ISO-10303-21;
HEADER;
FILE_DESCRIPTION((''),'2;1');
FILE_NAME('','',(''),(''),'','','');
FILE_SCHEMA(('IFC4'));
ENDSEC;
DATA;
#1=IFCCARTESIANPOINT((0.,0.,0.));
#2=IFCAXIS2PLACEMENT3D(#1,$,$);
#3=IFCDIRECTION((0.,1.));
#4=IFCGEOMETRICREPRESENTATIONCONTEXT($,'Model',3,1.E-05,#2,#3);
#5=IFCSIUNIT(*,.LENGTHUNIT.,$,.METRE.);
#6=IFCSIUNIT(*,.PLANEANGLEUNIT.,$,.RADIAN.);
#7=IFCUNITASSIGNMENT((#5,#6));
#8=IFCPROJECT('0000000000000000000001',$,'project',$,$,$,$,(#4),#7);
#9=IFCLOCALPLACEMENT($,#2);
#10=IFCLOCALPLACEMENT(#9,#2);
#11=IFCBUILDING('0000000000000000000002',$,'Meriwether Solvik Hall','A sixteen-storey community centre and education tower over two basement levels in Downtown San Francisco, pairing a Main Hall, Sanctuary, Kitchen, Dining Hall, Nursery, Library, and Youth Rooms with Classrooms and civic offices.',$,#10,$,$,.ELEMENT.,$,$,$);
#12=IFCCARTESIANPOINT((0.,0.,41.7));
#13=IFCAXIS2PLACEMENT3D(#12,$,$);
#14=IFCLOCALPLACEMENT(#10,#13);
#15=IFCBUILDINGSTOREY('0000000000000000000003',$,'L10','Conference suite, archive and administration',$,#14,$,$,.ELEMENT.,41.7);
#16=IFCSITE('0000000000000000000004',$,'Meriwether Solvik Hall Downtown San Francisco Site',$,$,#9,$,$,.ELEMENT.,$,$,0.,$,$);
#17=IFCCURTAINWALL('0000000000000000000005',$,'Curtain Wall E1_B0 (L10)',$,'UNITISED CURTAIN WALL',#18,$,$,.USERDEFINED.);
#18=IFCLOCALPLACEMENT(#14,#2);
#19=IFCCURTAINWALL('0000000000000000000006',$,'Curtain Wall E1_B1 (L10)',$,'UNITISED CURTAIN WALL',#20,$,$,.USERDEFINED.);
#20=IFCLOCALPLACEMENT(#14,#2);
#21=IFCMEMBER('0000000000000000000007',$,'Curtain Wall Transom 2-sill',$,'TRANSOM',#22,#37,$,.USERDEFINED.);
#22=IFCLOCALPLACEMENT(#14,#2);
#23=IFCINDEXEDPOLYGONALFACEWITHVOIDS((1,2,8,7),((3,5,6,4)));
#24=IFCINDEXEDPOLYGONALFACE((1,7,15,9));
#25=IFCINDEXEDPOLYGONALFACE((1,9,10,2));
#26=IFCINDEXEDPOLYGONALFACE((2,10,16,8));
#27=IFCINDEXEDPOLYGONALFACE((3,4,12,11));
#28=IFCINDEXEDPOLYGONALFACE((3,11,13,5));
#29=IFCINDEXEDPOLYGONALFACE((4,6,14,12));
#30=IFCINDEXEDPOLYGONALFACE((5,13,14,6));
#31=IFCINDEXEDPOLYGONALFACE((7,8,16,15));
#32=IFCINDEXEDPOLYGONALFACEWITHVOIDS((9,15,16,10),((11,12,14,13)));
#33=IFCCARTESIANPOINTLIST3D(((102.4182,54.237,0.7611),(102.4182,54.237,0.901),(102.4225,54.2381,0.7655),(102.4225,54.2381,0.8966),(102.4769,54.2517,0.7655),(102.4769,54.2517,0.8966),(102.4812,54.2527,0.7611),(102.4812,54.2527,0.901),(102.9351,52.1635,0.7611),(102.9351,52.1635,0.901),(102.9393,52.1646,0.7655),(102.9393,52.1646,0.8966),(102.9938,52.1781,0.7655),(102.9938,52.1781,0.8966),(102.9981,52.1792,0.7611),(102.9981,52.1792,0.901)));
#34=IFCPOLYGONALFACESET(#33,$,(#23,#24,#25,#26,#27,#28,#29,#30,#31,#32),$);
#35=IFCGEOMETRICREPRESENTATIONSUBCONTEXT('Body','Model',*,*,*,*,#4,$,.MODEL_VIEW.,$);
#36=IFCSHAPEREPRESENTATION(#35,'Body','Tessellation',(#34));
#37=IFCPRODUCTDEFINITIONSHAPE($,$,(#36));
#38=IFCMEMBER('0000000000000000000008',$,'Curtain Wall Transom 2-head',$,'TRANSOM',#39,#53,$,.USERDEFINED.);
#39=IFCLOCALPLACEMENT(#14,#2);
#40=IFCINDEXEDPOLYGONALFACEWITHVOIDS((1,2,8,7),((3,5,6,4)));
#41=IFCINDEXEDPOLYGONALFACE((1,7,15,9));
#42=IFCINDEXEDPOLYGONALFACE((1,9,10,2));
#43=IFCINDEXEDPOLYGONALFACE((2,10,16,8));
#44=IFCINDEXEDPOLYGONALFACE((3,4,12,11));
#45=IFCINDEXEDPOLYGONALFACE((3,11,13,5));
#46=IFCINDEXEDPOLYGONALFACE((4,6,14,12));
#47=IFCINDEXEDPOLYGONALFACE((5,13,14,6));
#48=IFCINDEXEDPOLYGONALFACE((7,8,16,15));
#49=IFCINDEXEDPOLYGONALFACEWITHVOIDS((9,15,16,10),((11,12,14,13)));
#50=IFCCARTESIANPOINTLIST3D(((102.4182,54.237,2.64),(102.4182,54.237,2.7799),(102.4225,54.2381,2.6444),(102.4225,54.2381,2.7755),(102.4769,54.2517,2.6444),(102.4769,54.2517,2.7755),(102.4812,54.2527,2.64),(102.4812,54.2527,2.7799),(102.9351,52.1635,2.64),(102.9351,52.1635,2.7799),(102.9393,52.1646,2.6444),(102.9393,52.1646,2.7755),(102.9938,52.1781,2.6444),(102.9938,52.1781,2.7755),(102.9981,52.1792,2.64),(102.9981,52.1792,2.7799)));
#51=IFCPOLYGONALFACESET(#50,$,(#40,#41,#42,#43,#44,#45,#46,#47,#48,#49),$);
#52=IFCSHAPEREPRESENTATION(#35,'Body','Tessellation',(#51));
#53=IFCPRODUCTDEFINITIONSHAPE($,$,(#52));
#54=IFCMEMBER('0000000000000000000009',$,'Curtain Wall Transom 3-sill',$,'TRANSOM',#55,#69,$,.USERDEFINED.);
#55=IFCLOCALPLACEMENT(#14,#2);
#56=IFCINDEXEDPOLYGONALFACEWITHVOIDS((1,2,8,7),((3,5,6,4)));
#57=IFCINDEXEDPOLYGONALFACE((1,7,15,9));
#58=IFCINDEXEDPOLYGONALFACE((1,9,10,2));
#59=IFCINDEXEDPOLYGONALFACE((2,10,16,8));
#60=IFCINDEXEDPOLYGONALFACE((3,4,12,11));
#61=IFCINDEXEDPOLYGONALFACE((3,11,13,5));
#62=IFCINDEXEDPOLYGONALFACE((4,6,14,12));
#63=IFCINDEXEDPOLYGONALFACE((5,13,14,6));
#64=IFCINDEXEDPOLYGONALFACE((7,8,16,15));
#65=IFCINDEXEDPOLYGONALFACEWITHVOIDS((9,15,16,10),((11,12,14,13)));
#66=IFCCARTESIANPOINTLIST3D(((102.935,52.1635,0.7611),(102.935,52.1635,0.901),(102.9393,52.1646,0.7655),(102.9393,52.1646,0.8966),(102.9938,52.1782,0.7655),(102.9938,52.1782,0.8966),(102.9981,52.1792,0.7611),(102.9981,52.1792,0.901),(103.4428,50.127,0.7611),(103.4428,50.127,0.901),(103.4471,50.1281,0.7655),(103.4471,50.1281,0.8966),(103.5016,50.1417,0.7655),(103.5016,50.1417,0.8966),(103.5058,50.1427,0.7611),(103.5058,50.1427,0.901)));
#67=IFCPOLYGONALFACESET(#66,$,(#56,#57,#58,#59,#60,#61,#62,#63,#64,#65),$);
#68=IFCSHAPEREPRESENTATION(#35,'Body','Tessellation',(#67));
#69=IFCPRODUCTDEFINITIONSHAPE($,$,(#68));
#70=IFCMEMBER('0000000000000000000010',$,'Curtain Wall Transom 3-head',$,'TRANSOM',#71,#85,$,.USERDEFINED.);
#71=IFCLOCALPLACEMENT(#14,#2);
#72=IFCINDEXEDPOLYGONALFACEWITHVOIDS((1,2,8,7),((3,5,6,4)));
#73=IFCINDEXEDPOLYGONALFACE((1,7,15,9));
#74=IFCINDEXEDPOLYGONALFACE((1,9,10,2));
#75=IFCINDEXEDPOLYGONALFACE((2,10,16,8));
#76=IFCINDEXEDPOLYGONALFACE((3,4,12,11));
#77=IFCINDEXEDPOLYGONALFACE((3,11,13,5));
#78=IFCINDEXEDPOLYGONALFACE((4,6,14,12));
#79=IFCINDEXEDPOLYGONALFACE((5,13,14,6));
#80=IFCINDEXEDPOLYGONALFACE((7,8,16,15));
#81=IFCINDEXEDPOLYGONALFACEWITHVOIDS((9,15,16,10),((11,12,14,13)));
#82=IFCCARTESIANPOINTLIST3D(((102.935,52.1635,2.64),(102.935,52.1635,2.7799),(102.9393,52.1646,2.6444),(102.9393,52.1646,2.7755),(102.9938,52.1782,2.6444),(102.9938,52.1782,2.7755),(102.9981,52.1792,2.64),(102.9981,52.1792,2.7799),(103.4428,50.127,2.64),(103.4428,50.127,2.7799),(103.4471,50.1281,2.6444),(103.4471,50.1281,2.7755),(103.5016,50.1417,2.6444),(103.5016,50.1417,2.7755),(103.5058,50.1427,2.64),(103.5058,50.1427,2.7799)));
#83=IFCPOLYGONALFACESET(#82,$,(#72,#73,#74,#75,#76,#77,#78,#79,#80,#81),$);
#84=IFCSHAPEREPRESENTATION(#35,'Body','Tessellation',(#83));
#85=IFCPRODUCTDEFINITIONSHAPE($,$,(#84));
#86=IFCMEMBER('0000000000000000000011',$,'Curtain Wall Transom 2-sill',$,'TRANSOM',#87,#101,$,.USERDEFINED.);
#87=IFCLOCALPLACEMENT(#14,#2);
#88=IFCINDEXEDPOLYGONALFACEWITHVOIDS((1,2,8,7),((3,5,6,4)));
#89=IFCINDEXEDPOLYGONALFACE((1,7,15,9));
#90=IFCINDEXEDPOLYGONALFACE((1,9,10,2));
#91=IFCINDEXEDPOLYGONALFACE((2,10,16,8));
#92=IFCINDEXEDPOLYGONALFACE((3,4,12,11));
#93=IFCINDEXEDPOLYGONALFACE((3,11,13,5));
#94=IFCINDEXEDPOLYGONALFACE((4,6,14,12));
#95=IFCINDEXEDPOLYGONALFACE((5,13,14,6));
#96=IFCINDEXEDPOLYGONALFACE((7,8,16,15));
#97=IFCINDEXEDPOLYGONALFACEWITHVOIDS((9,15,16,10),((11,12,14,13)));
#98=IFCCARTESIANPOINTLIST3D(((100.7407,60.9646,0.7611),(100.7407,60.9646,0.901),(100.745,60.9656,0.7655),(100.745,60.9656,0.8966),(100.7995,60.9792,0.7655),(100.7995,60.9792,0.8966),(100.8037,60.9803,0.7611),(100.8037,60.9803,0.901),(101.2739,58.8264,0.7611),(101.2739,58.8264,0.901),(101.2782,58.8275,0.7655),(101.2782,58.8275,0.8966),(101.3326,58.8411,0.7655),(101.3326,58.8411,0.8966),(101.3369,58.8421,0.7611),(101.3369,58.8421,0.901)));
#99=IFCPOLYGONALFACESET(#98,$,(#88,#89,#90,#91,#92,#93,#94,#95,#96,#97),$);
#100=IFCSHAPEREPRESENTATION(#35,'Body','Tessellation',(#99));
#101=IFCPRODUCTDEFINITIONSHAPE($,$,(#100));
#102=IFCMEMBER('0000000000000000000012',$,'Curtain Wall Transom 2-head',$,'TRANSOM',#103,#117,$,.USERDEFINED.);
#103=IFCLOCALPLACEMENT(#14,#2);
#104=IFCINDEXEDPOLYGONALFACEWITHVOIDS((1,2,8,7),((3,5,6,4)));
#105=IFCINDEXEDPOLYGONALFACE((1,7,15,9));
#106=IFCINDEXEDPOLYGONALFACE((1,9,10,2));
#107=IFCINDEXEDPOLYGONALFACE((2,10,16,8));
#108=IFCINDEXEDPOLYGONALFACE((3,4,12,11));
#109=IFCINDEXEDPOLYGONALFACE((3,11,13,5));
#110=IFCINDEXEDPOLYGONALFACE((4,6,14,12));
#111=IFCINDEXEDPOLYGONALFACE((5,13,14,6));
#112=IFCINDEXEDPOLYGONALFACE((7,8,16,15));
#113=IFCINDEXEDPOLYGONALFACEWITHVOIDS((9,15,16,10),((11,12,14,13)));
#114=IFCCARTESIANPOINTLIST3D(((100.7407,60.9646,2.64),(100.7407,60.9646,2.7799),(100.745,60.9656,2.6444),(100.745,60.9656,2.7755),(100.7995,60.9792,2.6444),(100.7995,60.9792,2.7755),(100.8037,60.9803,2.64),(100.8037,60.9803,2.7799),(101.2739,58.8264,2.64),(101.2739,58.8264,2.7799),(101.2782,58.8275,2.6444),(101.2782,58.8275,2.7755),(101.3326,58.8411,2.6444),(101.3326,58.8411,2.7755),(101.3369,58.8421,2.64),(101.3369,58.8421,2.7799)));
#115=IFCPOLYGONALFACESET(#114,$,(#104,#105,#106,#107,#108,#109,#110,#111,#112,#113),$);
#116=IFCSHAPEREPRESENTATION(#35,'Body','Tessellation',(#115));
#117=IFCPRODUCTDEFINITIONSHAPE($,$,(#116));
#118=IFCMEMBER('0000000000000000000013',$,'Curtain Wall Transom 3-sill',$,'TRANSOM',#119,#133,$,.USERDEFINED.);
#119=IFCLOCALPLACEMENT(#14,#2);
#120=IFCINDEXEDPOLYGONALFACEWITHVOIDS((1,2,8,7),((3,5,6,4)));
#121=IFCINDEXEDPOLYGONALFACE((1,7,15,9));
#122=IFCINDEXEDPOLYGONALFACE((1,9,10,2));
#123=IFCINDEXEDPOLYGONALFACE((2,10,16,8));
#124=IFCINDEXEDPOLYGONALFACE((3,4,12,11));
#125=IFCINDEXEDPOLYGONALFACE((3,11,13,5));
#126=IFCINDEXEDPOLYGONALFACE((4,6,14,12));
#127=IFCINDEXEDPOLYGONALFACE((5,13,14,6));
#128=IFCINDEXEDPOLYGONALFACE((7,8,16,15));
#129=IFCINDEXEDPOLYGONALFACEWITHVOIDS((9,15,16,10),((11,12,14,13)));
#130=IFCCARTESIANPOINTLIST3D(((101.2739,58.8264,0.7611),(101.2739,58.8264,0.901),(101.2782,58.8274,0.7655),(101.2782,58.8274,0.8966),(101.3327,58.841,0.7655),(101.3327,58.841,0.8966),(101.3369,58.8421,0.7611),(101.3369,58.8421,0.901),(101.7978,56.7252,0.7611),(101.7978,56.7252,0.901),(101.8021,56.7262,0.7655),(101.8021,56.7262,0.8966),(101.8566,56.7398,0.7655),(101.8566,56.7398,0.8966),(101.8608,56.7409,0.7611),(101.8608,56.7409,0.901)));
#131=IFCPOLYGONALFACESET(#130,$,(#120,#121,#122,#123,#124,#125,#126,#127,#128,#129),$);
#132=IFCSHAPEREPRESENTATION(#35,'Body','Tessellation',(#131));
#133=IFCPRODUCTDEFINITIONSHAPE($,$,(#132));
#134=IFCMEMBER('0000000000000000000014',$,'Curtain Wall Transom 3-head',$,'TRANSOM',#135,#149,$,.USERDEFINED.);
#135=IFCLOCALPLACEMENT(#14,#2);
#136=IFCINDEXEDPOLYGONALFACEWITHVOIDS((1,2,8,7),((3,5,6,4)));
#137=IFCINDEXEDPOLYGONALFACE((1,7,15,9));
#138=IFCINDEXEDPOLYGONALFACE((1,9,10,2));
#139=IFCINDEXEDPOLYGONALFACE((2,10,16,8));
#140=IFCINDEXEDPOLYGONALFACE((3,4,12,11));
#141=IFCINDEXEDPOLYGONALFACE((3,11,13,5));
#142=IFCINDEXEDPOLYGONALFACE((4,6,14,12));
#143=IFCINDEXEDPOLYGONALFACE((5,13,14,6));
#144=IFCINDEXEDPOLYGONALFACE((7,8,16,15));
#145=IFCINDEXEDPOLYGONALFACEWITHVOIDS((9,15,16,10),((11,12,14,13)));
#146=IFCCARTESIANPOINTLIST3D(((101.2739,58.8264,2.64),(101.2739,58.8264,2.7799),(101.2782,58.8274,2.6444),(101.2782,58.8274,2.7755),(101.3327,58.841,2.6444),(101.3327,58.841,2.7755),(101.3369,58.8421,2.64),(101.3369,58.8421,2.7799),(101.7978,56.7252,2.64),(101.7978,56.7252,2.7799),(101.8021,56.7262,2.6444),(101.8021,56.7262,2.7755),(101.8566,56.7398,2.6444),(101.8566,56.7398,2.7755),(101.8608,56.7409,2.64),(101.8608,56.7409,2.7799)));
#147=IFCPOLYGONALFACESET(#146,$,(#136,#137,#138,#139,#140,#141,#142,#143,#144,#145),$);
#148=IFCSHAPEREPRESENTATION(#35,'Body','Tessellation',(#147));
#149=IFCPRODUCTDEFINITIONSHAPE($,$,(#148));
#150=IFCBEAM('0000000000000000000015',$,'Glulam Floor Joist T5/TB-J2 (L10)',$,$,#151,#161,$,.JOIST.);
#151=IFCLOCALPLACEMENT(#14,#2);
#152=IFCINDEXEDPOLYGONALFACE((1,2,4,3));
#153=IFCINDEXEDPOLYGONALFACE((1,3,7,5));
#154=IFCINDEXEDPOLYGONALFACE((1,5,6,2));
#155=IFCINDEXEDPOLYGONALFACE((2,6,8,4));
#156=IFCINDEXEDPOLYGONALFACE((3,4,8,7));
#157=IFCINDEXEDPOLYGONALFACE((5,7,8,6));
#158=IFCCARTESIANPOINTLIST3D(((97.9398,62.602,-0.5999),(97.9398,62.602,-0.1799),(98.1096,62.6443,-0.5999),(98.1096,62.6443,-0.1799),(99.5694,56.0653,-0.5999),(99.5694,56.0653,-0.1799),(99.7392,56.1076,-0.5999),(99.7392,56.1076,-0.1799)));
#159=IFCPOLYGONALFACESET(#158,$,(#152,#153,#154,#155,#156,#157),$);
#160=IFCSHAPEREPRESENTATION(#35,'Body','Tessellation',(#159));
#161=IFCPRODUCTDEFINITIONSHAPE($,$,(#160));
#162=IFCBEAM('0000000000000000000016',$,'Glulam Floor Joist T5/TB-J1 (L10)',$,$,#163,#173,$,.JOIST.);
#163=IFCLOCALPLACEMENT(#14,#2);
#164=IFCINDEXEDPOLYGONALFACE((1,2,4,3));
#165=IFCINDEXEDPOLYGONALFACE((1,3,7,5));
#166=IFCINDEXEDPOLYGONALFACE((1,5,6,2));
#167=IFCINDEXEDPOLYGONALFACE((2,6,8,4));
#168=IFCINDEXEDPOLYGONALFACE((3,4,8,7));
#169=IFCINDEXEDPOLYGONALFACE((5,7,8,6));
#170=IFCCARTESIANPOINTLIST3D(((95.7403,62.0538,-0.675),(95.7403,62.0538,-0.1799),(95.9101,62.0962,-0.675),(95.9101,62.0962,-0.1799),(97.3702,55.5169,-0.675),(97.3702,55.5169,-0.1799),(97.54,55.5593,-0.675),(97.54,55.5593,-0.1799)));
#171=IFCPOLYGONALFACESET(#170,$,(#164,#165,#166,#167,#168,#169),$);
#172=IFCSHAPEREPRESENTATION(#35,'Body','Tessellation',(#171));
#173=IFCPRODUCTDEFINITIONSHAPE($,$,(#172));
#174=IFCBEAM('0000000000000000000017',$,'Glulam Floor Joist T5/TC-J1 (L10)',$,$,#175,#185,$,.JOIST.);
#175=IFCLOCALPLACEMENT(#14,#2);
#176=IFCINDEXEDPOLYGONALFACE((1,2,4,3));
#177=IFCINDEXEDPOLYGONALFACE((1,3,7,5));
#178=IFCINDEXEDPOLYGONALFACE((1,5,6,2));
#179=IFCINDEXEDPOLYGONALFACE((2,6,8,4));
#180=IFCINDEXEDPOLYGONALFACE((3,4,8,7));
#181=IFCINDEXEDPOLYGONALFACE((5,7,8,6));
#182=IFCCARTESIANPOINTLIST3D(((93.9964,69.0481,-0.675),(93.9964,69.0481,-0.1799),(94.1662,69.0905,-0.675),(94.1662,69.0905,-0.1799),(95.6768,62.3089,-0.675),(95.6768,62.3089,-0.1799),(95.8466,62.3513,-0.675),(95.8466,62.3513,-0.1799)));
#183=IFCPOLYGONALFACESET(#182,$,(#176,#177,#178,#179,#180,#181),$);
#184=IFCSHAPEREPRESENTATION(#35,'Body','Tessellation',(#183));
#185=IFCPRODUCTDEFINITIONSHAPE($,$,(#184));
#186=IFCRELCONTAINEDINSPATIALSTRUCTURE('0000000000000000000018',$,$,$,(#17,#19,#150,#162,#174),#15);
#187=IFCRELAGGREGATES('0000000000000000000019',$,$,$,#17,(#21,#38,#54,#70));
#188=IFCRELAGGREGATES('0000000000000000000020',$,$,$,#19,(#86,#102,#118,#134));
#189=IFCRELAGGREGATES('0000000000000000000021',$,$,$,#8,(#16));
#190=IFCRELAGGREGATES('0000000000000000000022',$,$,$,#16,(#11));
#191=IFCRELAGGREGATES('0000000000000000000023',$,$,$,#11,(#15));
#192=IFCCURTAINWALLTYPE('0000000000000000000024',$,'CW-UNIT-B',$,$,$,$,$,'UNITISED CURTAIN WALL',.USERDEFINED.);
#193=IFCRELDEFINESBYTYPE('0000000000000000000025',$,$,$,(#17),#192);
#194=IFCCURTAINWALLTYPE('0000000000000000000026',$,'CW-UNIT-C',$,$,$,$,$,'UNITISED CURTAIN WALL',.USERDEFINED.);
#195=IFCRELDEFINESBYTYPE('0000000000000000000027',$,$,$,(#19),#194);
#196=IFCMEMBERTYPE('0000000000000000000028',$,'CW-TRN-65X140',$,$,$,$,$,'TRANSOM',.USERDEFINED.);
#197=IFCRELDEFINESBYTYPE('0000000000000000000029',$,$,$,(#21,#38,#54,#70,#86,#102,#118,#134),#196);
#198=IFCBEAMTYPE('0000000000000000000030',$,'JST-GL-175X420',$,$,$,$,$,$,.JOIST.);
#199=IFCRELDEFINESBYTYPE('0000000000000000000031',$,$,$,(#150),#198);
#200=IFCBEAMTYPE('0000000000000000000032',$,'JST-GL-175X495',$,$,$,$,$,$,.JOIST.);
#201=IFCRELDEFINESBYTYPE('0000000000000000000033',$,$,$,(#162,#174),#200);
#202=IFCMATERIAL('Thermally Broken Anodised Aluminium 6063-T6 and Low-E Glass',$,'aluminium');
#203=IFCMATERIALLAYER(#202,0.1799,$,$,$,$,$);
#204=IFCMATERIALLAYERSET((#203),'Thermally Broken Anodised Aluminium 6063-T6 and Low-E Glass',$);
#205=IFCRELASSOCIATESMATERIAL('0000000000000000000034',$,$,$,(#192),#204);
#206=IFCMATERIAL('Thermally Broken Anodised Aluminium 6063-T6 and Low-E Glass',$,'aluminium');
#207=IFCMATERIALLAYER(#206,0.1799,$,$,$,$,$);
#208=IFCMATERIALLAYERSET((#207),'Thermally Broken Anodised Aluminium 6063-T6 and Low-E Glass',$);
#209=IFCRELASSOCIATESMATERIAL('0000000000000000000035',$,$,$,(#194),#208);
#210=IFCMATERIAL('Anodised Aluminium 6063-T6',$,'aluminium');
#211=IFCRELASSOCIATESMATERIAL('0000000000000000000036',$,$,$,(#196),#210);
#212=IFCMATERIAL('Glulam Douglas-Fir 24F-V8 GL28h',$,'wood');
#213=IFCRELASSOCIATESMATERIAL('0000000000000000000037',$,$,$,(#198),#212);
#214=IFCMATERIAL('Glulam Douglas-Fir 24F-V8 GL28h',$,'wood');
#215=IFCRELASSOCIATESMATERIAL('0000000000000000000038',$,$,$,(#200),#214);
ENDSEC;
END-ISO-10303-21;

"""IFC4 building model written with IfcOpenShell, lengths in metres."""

from ifc_helpers import new_model, si_unit, direction, frame, origin, origin_2d, place, context, subcontext, project, spatial, rectangle, hollow_rectangle, extrude, material, layer, layer_set, material_profile, profile_set, type_object, element, aggregate, save


model = new_model("IFC4")

# Units and contexts
model_context = context("Model", 3, precision=1e-05, world=origin(), true_north=direction((0.0, 1.0)))
body_context = subcontext(model_context, "Body", "Model", "MODEL_VIEW")
ifc_project = project(units=[si_unit("LENGTHUNIT", "METRE"), si_unit("PLANEANGLEUNIT", "RADIAN")], contexts=[model_context])

# Site, building, storey
site_placement = place(None, origin())
site = spatial("IfcSite", under=ifc_project, at=site_placement, Name="Meriwether Solvik Hall Downtown San Francisco Site", CompositionType="ELEMENT", RefElevation=0.0)
building_placement = place(site_placement, origin())
building = spatial("IfcBuilding", under=site, at=building_placement, Name="Meriwether Solvik Hall", Description="A sixteen-storey community centre and education tower over two basement levels in Downtown San Francisco, pairing a Main Hall, Sanctuary, Kitchen, Dining Hall, Nursery, Library, and Youth Rooms with Classrooms and civic offices.", CompositionType="ELEMENT")
storey_placement = place(building_placement, frame((0.0, 0.0, 41.7)))
storey = spatial("IfcBuildingStorey", under=building, at=storey_placement, Name="L10", Description="Conference suite, archive and administration", CompositionType="ELEMENT", Elevation=41.7)

# Curtain walls
ifc_material_1 = material(Name="Thermally Broken Anodised Aluminium 6063-T6 and Low-E Glass", Category="aluminium")
ifc_layer_1 = layer(ifc_material_1, 0.1799)
ifc_layer_set_1 = layer_set([ifc_layer_1], Name="Thermally Broken Anodised Aluminium 6063-T6 and Low-E Glass")
curtain_wall_type_1 = type_object("IfcCurtainWallType", Name="CW-UNIT-B", ElementType="UNITISED CURTAIN WALL", PredefinedType="USERDEFINED", material=ifc_layer_set_1)
curtain_wall_1_placement = place(storey_placement, origin())
curtain_wall_1 = element("IfcCurtainWall", 1, at=curtain_wall_1_placement, inside=storey, type_object=curtain_wall_type_1, Name="Curtain Wall E1_B0 (L10)", ObjectType="UNITISED CURTAIN WALL", PredefinedType="USERDEFINED")
ifc_material_2 = material(Name="Thermally Broken Anodised Aluminium 6063-T6 and Low-E Glass", Category="aluminium")
ifc_layer_2 = layer(ifc_material_2, 0.1799)
ifc_layer_set_2 = layer_set([ifc_layer_2], Name="Thermally Broken Anodised Aluminium 6063-T6 and Low-E Glass")
curtain_wall_type_2 = type_object("IfcCurtainWallType", Name="CW-UNIT-C", ElementType="UNITISED CURTAIN WALL", PredefinedType="USERDEFINED", material=ifc_layer_set_2)
curtain_wall_2_placement = place(storey_placement, origin())
curtain_wall_2 = element("IfcCurtainWall", 2, at=curtain_wall_2_placement, inside=storey, type_object=curtain_wall_type_2, Name="Curtain Wall E1_B1 (L10)", ObjectType="UNITISED CURTAIN WALL", PredefinedType="USERDEFINED")

# Members
ifc_material_3 = material(Name="Anodised Aluminium 6063-T6", Category="aluminium")
ifc_material_profile_1 = material_profile(ifc_material_3, hollow_rectangle(XDim=0.0649, YDim=0.1399, WallThickness=0.0044, at=origin_2d()), Name="CWT-65X140")
ifc_profile_set_1 = profile_set([ifc_material_profile_1], Name="Anodised Aluminium 6063-T6")
member_type_1 = type_object("IfcMemberType", Name="CW-TRN-65X140", ElementType="TRANSOM", PredefinedType="USERDEFINED", material=ifc_profile_set_1)
member_1_placement = place(storey_placement, frame((102.4497, 54.2449, 0.8311), z_axis=(0.241864, -0.97031, 0.0), x_axis=(0.97031, 0.241864, 0.0)))
member_1 = element("IfcMember", 3, at=member_1_placement, type_object=member_type_1, Name="Curtain Wall Transom 2-sill", ObjectType="TRANSOM", PredefinedType="USERDEFINED", context=body_context, shape_type="SweptSolid", body=[
    extrude(hollow_rectangle(XDim=0.0649, YDim=0.1399, WallThickness=0.0044, at=origin_2d()), origin(), (0.0, 0.0, 1.0), 2.137),
])
member_2_placement = place(storey_placement, frame((102.4497, 54.2449, 2.71), z_axis=(0.241864, -0.97031, 0.0), x_axis=(0.97031, 0.241864, 0.0)))
member_2 = element("IfcMember", 4, at=member_2_placement, type_object=member_type_1, Name="Curtain Wall Transom 2-head", ObjectType="TRANSOM", PredefinedType="USERDEFINED", context=body_context, shape_type="SweptSolid", body=[
    extrude(hollow_rectangle(XDim=0.0649, YDim=0.1399, WallThickness=0.0044, at=origin_2d()), origin(), (0.0, 0.0, 1.0), 2.137),
])
member_3_placement = place(storey_placement, frame((102.9666, 52.1714, 0.8311), z_axis=(0.241933, -0.970293, 0.0), x_axis=(0.970293, 0.241933, 0.0)))
member_3 = element("IfcMember", 5, at=member_3_placement, type_object=member_type_1, Name="Curtain Wall Transom 3-sill", ObjectType="TRANSOM", PredefinedType="USERDEFINED", context=body_context, shape_type="SweptSolid", body=[
    extrude(hollow_rectangle(XDim=0.0649, YDim=0.1399, WallThickness=0.0044, at=origin_2d()), origin(), (0.0, 0.0, 1.0), 2.0989),
])
member_4_placement = place(storey_placement, frame((102.9666, 52.1714, 2.71), z_axis=(0.241933, -0.970293, 0.0), x_axis=(0.970293, 0.241933, 0.0)))
member_4 = element("IfcMember", 6, at=member_4_placement, type_object=member_type_1, Name="Curtain Wall Transom 3-head", ObjectType="TRANSOM", PredefinedType="USERDEFINED", context=body_context, shape_type="SweptSolid", body=[
    extrude(hollow_rectangle(XDim=0.0649, YDim=0.1399, WallThickness=0.0044, at=origin_2d()), origin(), (0.0, 0.0, 1.0), 2.0989),
])
member_5_placement = place(storey_placement, frame((100.7722, 60.9724, 0.8311), z_axis=(0.241962, -0.970286, 0.0), x_axis=(0.970286, 0.241962, 0.0)))
member_5 = element("IfcMember", 7, at=member_5_placement, type_object=member_type_1, Name="Curtain Wall Transom 2-sill", ObjectType="TRANSOM", PredefinedType="USERDEFINED", context=body_context, shape_type="SweptSolid", body=[
    extrude(hollow_rectangle(XDim=0.0649, YDim=0.1399, WallThickness=0.0044, at=origin_2d()), origin(), (0.0, 0.0, 1.0), 2.2036),
])
member_6_placement = place(storey_placement, frame((100.7722, 60.9724, 2.71), z_axis=(0.241962, -0.970286, 0.0), x_axis=(0.970286, 0.241962, 0.0)))
member_6 = element("IfcMember", 8, at=member_6_placement, type_object=member_type_1, Name="Curtain Wall Transom 2-head", ObjectType="TRANSOM", PredefinedType="USERDEFINED", context=body_context, shape_type="SweptSolid", body=[
    extrude(hollow_rectangle(XDim=0.0649, YDim=0.1399, WallThickness=0.0044, at=origin_2d()), origin(), (0.0, 0.0, 1.0), 2.2036),
])
member_7_placement = place(storey_placement, frame((101.3054, 58.8342, 0.8311), z_axis=(0.241925, -0.970295, 0.0), x_axis=(0.970295, 0.241925, 0.0)))
member_7 = element("IfcMember", 9, at=member_7_placement, type_object=member_type_1, Name="Curtain Wall Transom 3-sill", ObjectType="TRANSOM", PredefinedType="USERDEFINED", context=body_context, shape_type="SweptSolid", body=[
    extrude(hollow_rectangle(XDim=0.0649, YDim=0.1399, WallThickness=0.0044, at=origin_2d()), origin(), (0.0, 0.0, 1.0), 2.1655),
])
member_8_placement = place(storey_placement, frame((101.3054, 58.8342, 2.71), z_axis=(0.241925, -0.970295, 0.0), x_axis=(0.970295, 0.241925, 0.0)))
member_8 = element("IfcMember", 10, at=member_8_placement, type_object=member_type_1, Name="Curtain Wall Transom 3-head", ObjectType="TRANSOM", PredefinedType="USERDEFINED", context=body_context, shape_type="SweptSolid", body=[
    extrude(hollow_rectangle(XDim=0.0649, YDim=0.1399, WallThickness=0.0044, at=origin_2d()), origin(), (0.0, 0.0, 1.0), 2.1655),
])

# Beams
ifc_material_4 = material(Name="Glulam Douglas-Fir 24F-V8 GL28h", Category="wood")
ifc_material_profile_2 = material_profile(ifc_material_4, rectangle(XDim=0.175, YDim=0.4199, at=origin_2d()), Name="GLJ-175X420")
ifc_profile_set_2 = profile_set([ifc_material_profile_2], Name="Glulam Douglas-Fir 24F-V8 GL28h")
beam_type_1 = type_object("IfcBeamType", Name="JST-GL-175X420", PredefinedType="JOIST", material=ifc_profile_set_2)
beam_1_placement = place(storey_placement, frame((99.6543, 56.0864, -0.3899), z_axis=(-0.241896, 0.970302, 0.0), x_axis=(-0.970302, -0.241896, 0.0)))
element("IfcBeam", 11, at=beam_1_placement, inside=storey, type_object=beam_type_1, Name="Glulam Floor Joist T5/TB-J2 (L10)", PredefinedType="JOIST", context=body_context, shape_type="SweptSolid", body=[
    extrude(rectangle(XDim=0.175, YDim=0.4199, at=origin_2d()), origin(), (0.0, 0.0, 1.0), 6.7368),
])
ifc_material_5 = material(Name="Glulam Douglas-Fir 24F-V8 GL28h", Category="wood")
ifc_material_profile_3 = material_profile(ifc_material_5, rectangle(XDim=0.175, YDim=0.4951, at=origin_2d()), Name="GLJ-175X495")
ifc_profile_set_3 = profile_set([ifc_material_profile_3], Name="Glulam Douglas-Fir 24F-V8 GL28h")
beam_type_2 = type_object("IfcBeamType", Name="JST-GL-175X495", PredefinedType="JOIST", material=ifc_profile_set_3)
beam_2_placement = place(storey_placement, frame((97.4551, 55.5381, -0.4275), z_axis=(-0.24193, 0.970294, 0.0), x_axis=(-0.970294, -0.24193, 0.0)))
element("IfcBeam", 12, at=beam_2_placement, inside=storey, type_object=beam_type_2, Name="Glulam Floor Joist T5/TB-J1 (L10)", PredefinedType="JOIST", context=body_context, shape_type="SweptSolid", body=[
    extrude(rectangle(XDim=0.175, YDim=0.4951, at=origin_2d()), origin(), (0.0, 0.0, 1.0), 6.7371),
])
beam_3_placement = place(storey_placement, frame((95.7617, 62.3301, -0.4275), z_axis=(-0.24194, 0.970291, 0.0), x_axis=(-0.970291, -0.24194, 0.0)))
element("IfcBeam", 13, at=beam_3_placement, inside=storey, type_object=beam_type_2, Name="Glulam Floor Joist T5/TC-J1 (L10)", PredefinedType="JOIST", context=body_context, shape_type="SweptSolid", body=[
    extrude(rectangle(XDim=0.175, YDim=0.4951, at=origin_2d()), origin(), (0.0, 0.0, 1.0), 6.9456),
])

aggregate(curtain_wall_1, [member_1, member_2, member_3, member_4])
aggregate(curtain_wall_2, [member_5, member_6, member_7, member_8])

save(model, "model.ifc")
